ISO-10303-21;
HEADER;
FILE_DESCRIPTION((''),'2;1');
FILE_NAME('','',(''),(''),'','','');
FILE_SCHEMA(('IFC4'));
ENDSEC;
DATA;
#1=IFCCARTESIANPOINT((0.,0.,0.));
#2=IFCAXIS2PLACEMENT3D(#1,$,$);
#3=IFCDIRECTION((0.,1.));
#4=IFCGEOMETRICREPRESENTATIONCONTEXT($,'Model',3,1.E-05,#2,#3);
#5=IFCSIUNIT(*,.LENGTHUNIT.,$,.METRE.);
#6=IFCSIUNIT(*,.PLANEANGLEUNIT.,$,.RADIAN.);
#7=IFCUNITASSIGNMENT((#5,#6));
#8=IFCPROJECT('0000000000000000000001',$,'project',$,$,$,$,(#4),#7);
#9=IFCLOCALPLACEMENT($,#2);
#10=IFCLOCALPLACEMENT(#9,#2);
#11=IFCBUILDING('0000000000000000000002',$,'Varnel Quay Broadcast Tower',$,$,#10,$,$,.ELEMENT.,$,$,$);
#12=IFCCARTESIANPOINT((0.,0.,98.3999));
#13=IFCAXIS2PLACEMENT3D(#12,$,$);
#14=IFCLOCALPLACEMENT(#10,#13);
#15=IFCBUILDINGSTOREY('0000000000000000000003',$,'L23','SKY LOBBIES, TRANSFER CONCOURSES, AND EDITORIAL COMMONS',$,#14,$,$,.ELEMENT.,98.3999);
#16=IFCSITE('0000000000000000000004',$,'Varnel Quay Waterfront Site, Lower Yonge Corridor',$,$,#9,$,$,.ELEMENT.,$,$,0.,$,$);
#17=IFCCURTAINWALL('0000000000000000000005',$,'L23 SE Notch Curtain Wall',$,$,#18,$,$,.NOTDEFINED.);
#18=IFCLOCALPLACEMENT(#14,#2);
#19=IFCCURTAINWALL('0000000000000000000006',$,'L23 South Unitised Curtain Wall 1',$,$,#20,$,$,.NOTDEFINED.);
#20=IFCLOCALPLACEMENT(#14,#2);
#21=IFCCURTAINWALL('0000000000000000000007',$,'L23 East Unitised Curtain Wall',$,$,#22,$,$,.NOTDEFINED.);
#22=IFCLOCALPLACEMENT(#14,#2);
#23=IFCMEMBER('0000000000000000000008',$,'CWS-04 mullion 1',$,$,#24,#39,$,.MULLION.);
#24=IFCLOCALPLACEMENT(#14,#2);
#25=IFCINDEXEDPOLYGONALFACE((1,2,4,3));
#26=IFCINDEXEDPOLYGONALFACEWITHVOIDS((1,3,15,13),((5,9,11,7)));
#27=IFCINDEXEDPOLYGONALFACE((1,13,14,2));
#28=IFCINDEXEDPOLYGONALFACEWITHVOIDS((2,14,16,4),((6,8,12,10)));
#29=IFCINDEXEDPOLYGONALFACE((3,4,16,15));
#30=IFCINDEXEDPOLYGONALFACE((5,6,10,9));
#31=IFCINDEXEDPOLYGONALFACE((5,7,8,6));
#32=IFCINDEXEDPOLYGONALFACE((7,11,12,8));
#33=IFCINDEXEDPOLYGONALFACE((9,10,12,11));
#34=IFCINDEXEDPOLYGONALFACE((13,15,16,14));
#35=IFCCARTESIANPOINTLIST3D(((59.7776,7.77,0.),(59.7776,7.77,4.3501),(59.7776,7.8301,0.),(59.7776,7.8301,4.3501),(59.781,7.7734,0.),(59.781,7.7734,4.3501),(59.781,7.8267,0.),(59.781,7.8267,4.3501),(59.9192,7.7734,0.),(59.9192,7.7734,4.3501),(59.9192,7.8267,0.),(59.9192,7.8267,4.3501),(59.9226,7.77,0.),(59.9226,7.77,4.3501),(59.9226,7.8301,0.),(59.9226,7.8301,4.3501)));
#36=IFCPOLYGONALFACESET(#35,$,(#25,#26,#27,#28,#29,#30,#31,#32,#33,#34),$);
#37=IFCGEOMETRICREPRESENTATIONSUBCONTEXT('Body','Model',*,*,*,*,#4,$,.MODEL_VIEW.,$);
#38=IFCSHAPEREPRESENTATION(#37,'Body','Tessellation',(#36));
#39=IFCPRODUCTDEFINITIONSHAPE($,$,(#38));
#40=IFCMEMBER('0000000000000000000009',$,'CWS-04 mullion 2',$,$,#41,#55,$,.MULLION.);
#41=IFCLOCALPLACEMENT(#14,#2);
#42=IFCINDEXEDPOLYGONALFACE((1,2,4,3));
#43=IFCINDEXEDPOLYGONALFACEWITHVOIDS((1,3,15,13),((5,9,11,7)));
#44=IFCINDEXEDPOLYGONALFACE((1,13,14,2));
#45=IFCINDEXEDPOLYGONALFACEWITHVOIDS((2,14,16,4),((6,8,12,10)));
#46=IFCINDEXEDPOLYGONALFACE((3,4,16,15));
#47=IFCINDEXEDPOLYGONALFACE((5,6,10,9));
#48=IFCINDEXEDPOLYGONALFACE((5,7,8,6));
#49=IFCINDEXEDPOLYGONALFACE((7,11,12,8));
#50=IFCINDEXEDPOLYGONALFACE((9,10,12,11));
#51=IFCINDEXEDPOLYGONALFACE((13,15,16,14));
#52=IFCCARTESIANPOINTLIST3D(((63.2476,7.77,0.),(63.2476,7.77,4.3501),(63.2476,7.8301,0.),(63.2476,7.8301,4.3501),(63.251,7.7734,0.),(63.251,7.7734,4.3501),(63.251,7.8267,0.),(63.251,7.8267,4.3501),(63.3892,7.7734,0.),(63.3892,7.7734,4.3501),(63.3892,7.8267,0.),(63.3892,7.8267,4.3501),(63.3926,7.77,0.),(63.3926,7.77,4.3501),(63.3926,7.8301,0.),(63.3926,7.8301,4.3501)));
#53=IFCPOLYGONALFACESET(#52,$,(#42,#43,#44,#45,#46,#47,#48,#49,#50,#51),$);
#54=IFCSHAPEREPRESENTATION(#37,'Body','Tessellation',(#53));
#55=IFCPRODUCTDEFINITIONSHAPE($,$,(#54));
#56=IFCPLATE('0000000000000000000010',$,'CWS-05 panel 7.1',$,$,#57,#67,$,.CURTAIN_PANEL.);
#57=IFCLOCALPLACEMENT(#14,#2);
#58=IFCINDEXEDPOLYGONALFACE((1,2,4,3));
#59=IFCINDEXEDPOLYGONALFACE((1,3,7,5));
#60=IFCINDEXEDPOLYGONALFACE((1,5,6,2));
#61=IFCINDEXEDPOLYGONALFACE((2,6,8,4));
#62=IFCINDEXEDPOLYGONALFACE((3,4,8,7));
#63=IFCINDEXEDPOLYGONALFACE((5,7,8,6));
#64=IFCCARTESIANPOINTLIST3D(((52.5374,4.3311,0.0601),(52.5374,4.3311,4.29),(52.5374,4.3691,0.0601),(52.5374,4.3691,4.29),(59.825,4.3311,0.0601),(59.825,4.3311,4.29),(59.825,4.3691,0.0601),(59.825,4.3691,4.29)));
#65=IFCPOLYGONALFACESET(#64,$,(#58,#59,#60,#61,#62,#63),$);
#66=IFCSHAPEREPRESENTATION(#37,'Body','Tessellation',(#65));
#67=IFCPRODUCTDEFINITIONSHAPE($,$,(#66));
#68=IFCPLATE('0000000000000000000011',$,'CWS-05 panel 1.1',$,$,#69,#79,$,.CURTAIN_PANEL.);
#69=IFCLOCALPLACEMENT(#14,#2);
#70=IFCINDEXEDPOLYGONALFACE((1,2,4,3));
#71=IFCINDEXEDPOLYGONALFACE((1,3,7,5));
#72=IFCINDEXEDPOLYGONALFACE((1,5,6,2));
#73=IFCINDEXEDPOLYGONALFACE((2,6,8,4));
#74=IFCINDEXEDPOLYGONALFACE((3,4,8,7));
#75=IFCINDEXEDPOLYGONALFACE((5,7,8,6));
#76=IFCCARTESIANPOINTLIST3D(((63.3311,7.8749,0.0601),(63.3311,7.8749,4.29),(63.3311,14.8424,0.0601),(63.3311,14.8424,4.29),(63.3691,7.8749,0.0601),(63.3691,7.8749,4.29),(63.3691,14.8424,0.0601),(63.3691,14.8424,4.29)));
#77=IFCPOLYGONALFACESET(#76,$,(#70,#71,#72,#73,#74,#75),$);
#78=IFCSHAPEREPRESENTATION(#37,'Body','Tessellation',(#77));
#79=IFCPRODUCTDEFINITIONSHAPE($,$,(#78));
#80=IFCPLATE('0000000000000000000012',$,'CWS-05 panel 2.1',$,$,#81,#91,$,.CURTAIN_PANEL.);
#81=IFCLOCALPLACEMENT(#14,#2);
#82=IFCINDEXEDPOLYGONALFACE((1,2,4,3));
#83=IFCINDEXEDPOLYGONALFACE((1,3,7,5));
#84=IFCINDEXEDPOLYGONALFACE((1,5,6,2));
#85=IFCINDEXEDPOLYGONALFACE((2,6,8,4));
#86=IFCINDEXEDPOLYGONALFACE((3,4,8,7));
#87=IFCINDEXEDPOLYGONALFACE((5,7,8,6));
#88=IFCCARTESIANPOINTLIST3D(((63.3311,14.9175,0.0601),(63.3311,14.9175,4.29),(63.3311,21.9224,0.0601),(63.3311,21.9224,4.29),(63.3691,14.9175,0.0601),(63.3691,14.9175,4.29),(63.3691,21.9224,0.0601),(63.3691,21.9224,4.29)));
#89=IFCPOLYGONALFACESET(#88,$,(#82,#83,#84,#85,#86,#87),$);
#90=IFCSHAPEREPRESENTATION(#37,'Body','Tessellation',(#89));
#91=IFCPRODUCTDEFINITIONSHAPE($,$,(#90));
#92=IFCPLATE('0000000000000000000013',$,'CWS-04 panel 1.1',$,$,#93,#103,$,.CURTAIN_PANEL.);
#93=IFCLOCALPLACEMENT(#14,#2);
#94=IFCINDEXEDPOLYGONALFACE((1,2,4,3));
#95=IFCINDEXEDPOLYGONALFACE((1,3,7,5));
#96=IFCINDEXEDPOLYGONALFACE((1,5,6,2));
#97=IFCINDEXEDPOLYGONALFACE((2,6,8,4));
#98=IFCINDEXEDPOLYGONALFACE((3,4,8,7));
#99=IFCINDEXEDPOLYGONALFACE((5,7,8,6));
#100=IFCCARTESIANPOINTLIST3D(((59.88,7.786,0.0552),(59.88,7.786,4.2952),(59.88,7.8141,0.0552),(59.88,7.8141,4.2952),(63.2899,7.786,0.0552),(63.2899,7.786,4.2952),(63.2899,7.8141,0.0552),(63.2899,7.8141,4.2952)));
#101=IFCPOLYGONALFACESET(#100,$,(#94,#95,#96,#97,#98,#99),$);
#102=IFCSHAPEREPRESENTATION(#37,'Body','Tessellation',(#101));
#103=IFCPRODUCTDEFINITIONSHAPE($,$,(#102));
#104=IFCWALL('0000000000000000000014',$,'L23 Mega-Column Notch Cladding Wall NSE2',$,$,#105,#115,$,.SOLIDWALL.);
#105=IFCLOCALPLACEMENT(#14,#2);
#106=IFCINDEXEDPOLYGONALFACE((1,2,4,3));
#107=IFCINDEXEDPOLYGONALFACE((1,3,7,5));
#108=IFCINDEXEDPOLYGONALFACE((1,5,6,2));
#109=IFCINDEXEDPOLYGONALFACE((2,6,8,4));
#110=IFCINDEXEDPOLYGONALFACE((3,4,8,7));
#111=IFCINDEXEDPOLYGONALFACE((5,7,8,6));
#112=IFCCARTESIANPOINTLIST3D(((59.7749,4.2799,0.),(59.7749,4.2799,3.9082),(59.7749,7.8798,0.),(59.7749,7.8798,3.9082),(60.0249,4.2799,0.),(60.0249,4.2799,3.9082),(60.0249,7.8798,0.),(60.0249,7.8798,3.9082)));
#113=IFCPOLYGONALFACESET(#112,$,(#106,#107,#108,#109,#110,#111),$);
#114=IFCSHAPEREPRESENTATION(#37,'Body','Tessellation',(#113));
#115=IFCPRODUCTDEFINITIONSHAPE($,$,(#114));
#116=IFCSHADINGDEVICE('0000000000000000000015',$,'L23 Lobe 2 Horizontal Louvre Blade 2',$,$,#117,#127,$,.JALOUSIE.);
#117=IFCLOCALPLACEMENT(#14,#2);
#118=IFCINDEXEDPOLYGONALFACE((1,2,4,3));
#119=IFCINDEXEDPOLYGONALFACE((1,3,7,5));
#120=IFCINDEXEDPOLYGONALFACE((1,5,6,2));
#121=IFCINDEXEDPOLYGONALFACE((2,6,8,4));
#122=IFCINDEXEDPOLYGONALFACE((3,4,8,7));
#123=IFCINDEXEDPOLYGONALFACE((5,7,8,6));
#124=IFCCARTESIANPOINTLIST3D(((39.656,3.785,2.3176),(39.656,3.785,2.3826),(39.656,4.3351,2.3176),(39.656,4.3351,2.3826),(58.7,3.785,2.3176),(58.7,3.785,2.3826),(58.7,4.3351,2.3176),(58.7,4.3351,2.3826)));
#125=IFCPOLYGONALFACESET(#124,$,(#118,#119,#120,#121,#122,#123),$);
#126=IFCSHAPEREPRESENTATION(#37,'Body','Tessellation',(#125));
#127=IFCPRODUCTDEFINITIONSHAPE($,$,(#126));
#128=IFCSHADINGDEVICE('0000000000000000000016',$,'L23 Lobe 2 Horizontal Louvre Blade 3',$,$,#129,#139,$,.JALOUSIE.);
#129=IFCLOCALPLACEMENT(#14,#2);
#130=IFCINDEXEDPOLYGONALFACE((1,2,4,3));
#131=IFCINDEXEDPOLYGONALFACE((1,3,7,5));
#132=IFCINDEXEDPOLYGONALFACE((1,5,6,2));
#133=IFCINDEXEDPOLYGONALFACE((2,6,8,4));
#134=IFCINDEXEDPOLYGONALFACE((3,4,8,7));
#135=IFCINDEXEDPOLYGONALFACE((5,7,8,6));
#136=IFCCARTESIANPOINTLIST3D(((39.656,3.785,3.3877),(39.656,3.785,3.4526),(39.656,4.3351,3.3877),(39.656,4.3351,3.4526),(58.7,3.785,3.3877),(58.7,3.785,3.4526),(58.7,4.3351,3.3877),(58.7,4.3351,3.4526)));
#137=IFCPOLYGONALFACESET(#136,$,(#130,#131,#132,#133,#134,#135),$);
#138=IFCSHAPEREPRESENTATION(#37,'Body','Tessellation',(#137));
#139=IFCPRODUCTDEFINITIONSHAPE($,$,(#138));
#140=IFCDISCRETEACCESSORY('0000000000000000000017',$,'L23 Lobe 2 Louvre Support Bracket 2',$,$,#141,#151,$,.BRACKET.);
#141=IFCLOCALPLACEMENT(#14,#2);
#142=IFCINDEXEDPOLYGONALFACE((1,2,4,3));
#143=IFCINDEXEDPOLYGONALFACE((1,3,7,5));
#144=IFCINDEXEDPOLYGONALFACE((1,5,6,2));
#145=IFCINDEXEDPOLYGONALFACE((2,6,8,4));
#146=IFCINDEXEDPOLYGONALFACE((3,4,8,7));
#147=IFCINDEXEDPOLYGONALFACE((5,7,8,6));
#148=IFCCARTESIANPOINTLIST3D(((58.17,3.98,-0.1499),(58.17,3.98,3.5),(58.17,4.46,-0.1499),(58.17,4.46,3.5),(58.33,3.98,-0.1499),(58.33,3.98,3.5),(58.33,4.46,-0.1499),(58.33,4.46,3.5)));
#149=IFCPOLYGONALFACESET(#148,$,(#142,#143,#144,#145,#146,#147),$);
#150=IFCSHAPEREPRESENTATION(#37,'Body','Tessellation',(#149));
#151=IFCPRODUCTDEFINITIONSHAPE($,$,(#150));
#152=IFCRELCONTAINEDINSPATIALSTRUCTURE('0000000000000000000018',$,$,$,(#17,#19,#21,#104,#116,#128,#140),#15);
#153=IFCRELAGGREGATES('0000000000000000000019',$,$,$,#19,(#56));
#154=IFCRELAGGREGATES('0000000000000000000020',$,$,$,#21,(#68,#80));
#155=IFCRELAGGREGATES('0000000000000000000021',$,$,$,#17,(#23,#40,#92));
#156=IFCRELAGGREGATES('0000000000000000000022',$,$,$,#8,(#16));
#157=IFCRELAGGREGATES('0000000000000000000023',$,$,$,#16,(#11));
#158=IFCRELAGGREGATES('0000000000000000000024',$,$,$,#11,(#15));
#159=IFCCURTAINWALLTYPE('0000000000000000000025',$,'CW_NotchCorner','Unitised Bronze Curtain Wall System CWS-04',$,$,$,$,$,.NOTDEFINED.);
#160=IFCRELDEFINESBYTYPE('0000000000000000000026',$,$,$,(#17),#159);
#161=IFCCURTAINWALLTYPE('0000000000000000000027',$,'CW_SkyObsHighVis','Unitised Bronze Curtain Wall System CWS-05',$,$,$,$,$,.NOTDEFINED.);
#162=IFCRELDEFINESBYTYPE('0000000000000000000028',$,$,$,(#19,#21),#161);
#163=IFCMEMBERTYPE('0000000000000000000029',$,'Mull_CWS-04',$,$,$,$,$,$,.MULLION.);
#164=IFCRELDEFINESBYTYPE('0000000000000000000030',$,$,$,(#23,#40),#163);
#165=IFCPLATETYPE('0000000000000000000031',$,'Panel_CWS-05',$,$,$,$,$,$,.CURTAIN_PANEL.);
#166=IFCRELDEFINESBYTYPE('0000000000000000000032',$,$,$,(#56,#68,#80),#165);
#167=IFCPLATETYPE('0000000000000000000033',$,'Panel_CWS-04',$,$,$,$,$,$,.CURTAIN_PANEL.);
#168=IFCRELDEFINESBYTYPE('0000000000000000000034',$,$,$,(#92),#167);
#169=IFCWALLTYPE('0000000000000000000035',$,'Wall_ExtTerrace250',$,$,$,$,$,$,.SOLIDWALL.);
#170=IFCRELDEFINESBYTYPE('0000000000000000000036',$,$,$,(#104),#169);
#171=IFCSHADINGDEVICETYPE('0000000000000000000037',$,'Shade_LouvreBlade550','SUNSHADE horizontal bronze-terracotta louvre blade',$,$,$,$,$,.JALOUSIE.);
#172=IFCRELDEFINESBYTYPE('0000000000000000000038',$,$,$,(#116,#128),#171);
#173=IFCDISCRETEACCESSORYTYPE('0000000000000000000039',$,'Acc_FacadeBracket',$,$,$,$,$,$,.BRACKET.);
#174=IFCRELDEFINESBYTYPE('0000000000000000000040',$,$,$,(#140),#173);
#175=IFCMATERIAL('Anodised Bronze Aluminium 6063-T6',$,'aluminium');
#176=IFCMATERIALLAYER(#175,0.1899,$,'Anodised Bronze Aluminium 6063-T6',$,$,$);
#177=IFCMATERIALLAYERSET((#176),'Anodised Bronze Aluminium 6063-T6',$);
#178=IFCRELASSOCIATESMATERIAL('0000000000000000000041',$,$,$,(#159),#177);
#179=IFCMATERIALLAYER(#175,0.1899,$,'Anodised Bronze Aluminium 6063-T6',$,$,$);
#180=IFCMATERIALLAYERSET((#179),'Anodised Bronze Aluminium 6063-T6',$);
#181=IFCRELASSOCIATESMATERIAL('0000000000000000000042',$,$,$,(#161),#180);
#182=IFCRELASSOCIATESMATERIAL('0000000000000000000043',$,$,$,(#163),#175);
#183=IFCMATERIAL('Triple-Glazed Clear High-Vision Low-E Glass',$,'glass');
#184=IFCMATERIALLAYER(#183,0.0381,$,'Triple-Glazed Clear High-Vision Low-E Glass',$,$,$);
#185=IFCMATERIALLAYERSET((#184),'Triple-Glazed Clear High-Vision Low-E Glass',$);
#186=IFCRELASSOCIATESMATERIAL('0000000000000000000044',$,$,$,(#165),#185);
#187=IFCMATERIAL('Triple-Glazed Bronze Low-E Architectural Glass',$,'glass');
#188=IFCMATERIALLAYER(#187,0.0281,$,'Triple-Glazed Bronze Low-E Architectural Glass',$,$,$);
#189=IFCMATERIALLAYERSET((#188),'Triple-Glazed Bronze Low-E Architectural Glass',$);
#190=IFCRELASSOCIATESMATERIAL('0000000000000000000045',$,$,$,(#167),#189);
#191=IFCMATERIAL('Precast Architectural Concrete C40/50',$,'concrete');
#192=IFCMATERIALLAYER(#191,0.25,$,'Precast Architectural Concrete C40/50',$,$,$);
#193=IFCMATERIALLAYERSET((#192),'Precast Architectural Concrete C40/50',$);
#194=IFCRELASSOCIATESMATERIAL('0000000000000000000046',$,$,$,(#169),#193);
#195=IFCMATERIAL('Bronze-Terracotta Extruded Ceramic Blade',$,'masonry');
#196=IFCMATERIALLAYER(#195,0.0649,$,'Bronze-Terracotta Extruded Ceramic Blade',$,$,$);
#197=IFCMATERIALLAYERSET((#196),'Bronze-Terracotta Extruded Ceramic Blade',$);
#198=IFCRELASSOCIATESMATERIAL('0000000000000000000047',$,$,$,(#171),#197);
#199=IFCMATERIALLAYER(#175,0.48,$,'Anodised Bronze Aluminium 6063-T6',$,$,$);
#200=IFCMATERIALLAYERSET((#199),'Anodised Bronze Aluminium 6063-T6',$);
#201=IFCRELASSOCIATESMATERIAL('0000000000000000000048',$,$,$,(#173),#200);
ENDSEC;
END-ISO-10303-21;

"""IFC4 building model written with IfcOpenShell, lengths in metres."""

from ifc_helpers import new_model, si_unit, direction, frame, frame_2d, origin, origin_2d, place, context, subcontext, project, spatial, rectangle, hollow_rectangle, extrude, source, transform, mapped, material, layer, layer_set, material_profile, profile_set, type_object, type_shapes, element, aggregate, save


model = new_model("IFC4")

# Units and contexts
model_context = context("Model", 3, precision=1e-05, world=origin(), true_north=direction((0.0, 1.0)))
body_context = subcontext(model_context, "Body", "Model", "MODEL_VIEW")
ifc_project = project(units=[si_unit("LENGTHUNIT", "METRE"), si_unit("PLANEANGLEUNIT", "RADIAN")], contexts=[model_context])

# Site, building, storey
site_placement = place(None, origin())
site = spatial("IfcSite", under=ifc_project, at=site_placement, Name="Varnel Quay Waterfront Site, Lower Yonge Corridor", CompositionType="ELEMENT", RefElevation=0.0)
building_placement = place(site_placement, origin())
building = spatial("IfcBuilding", under=site, at=building_placement, Name="Varnel Quay Broadcast Tower", CompositionType="ELEMENT")
storey_placement = place(building_placement, frame((0.0, 0.0, 98.3999)))
storey = spatial("IfcBuildingStorey", under=building, at=storey_placement, Name="L23", Description="SKY LOBBIES, TRANSFER CONCOURSES, AND EDITORIAL COMMONS", CompositionType="ELEMENT", Elevation=98.3999)

# Curtain walls
ifc_material_1 = material(Name="Anodised Bronze Aluminium 6063-T6", Category="aluminium")
ifc_layer_1 = layer(ifc_material_1, 0.1899, Name="Anodised Bronze Aluminium 6063-T6")
ifc_layer_set_1 = layer_set([ifc_layer_1], Name="Anodised Bronze Aluminium 6063-T6")
curtain_wall_type_1 = type_object("IfcCurtainWallType", Name="CW_NotchCorner", Description="Unitised Bronze Curtain Wall System CWS-04", PredefinedType="NOTDEFINED", material=ifc_layer_set_1)
curtain_wall_1_placement = place(storey_placement, origin())
curtain_wall_1 = element("IfcCurtainWall", 1, at=curtain_wall_1_placement, inside=storey, type_object=curtain_wall_type_1, Name="L23 SE Notch Curtain Wall", PredefinedType="NOTDEFINED")
ifc_layer_2 = layer(ifc_material_1, 0.1899, Name="Anodised Bronze Aluminium 6063-T6")
ifc_layer_set_2 = layer_set([ifc_layer_2], Name="Anodised Bronze Aluminium 6063-T6")
curtain_wall_type_2 = type_object("IfcCurtainWallType", Name="CW_SkyObsHighVis", Description="Unitised Bronze Curtain Wall System CWS-05", PredefinedType="NOTDEFINED", material=ifc_layer_set_2)
curtain_wall_2_placement = place(storey_placement, origin())
curtain_wall_2 = element("IfcCurtainWall", 2, at=curtain_wall_2_placement, inside=storey, type_object=curtain_wall_type_2, Name="L23 South Unitised Curtain Wall 1", PredefinedType="NOTDEFINED")
curtain_wall_3_placement = place(storey_placement, origin())
curtain_wall_3 = element("IfcCurtainWall", 3, at=curtain_wall_3_placement, inside=storey, type_object=curtain_wall_type_2, Name="L23 East Unitised Curtain Wall", PredefinedType="NOTDEFINED")

# Members
ifc_material_profile_1 = material_profile(ifc_material_1, hollow_rectangle(XDim=0.0601, YDim=0.145, WallThickness=0.0034, at=origin_2d()), Name="ALU60X145X3.5")
ifc_profile_set_1 = profile_set([ifc_material_profile_1], Name="Anodised Bronze Aluminium 6063-T6")
member_type_1 = type_object("IfcMemberType", Name="Mull_CWS-04", PredefinedType="MULLION", material=ifc_profile_set_1)
shared_shape_1 = source(origin(), body_context, "Body", "SweptSolid", [
    extrude(hollow_rectangle(XDim=0.0601, YDim=0.145, WallThickness=0.0034, at=origin_2d()), origin(), (0.0, 0.0, 1.0), 4.3501),
])
type_shapes(member_type_1, [shared_shape_1])
member_1_placement = place(storey_placement, frame((59.8501, 7.8, 0.0), z_axis=(0.0, 0.0, 1.0), x_axis=(0.0, 1.0, 0.0)))
member_1 = element("IfcMember", 4, at=member_1_placement, type_object=member_type_1, Name="CWS-04 mullion 1", PredefinedType="MULLION", context=body_context, shape_type="MappedRepresentation", body=[
    mapped(shared_shape_1, transform((0.0, 0.0, 0.0), x_axis=(1.0, 0.0, 0.0), y_axis=(0.0, 1.0, 0.0), z_axis=(0.0, 0.0, 1.0), scale=1.0)),
])
member_2_placement = place(storey_placement, frame((63.3201, 7.8, 0.0), z_axis=(0.0, 0.0, 1.0), x_axis=(0.0, 1.0, 0.0)))
member_2 = element("IfcMember", 5, at=member_2_placement, type_object=member_type_1, Name="CWS-04 mullion 2", PredefinedType="MULLION", context=body_context, shape_type="MappedRepresentation", body=[
    mapped(shared_shape_1, transform((0.0, 0.0, 0.0), x_axis=(1.0, 0.0, 0.0), y_axis=(0.0, 1.0, 0.0), z_axis=(0.0, 0.0, 1.0), scale=1.0)),
])

# Plates
ifc_material_2 = material(Name="Triple-Glazed Clear High-Vision Low-E Glass", Category="glass")
ifc_layer_3 = layer(ifc_material_2, 0.0381, Name="Triple-Glazed Clear High-Vision Low-E Glass")
ifc_layer_set_3 = layer_set([ifc_layer_3], Name="Triple-Glazed Clear High-Vision Low-E Glass")
plate_type_1 = type_object("IfcPlateType", Name="Panel_CWS-05", PredefinedType="CURTAIN_PANEL", material=ifc_layer_set_3)
shared_shape_2 = source(origin(), body_context, "Body", "SweptSolid", [
    extrude(rectangle(XDim=7.2876, YDim=0.0381, at=origin_2d()), origin(), (0.0, 0.0, 1.0), 4.23),
])
plate_1_placement = place(storey_placement, frame((56.1812, 4.3501, 0.0601), z_axis=(0.0, 0.0, 1.0), x_axis=(1.0, 0.0, 0.0)))
plate_1 = element("IfcPlate", 6, at=plate_1_placement, type_object=plate_type_1, Name="CWS-05 panel 7.1", PredefinedType="CURTAIN_PANEL", context=body_context, shape_type="MappedRepresentation", body=[
    mapped(shared_shape_2, transform((0.0, 0.0, 0.0), x_axis=(1.0, 0.0, 0.0), y_axis=(0.0, 1.0, 0.0), z_axis=(0.0, 0.0, 1.0), scale=1.0)),
])
aggregate(curtain_wall_2, [plate_1])
shared_shape_3 = source(origin(), body_context, "Body", "SweptSolid", [
    extrude(rectangle(XDim=6.9675, YDim=0.0381, at=origin_2d()), origin(), (0.0, 0.0, 1.0), 4.23),
])
plate_2_placement = place(storey_placement, frame((63.3501, 11.3586, 0.0601), z_axis=(0.0, 0.0, 1.0), x_axis=(0.0, 1.0, 0.0)))
plate_2 = element("IfcPlate", 7, at=plate_2_placement, type_object=plate_type_1, Name="CWS-05 panel 1.1", PredefinedType="CURTAIN_PANEL", context=body_context, shape_type="MappedRepresentation", body=[
    mapped(shared_shape_3, transform((0.0, 0.0, 0.0), x_axis=(1.0, 0.0, 0.0), y_axis=(0.0, 1.0, 0.0), z_axis=(0.0, 0.0, 1.0), scale=1.0)),
])
shared_shape_4 = source(origin(), body_context, "Body", "SweptSolid", [
    extrude(rectangle(XDim=7.0049, YDim=0.0381, at=origin_2d()), origin(), (0.0, 0.0, 1.0), 4.23),
])
type_shapes(plate_type_1, [shared_shape_2, shared_shape_3, shared_shape_4])
plate_3_placement = place(storey_placement, frame((63.3501, 18.4199, 0.0601), z_axis=(0.0, 0.0, 1.0), x_axis=(0.0, 1.0, 0.0)))
plate_3 = element("IfcPlate", 8, at=plate_3_placement, type_object=plate_type_1, Name="CWS-05 panel 2.1", PredefinedType="CURTAIN_PANEL", context=body_context, shape_type="MappedRepresentation", body=[
    mapped(shared_shape_4, transform((0.0, 0.0, 0.0), x_axis=(1.0, 0.0, 0.0), y_axis=(0.0, 1.0, 0.0), z_axis=(0.0, 0.0, 1.0), scale=1.0)),
])
aggregate(curtain_wall_3, [plate_2, plate_3])
ifc_material_3 = material(Name="Triple-Glazed Bronze Low-E Architectural Glass", Category="glass")
ifc_layer_4 = layer(ifc_material_3, 0.0281, Name="Triple-Glazed Bronze Low-E Architectural Glass")
ifc_layer_set_4 = layer_set([ifc_layer_4], Name="Triple-Glazed Bronze Low-E Architectural Glass")
plate_type_2 = type_object("IfcPlateType", Name="Panel_CWS-04", PredefinedType="CURTAIN_PANEL", material=ifc_layer_set_4)
shared_shape_5 = source(origin(), body_context, "Body", "SweptSolid", [
    extrude(rectangle(XDim=3.4099, YDim=0.0281, at=origin_2d()), origin(), (0.0, 0.0, 1.0), 4.24),
])
type_shapes(plate_type_2, [shared_shape_5])
plate_4_placement = place(storey_placement, frame((61.585, 7.8, 0.0552), z_axis=(0.0, 0.0, 1.0), x_axis=(1.0, 0.0, 0.0)))
plate_4 = element("IfcPlate", 9, at=plate_4_placement, type_object=plate_type_2, Name="CWS-04 panel 1.1", PredefinedType="CURTAIN_PANEL", context=body_context, shape_type="MappedRepresentation", body=[
    mapped(shared_shape_5, transform((0.0, 0.0, 0.0), x_axis=(1.0, 0.0, 0.0), y_axis=(0.0, 1.0, 0.0), z_axis=(0.0, 0.0, 1.0), scale=1.0)),
])
aggregate(curtain_wall_1, [member_1, member_2, plate_4])

# Wall
ifc_material_4 = material(Name="Precast Architectural Concrete C40/50", Category="concrete")
ifc_layer_5 = layer(ifc_material_4, 0.25, Name="Precast Architectural Concrete C40/50")
ifc_layer_set_5 = layer_set([ifc_layer_5], Name="Precast Architectural Concrete C40/50")
wall_type = type_object("IfcWallType", Name="Wall_ExtTerrace250", PredefinedType="SOLIDWALL", material=ifc_layer_set_5)
wall_placement = place(storey_placement, frame((59.8999, 4.28, 0.0), z_axis=(0.0, 0.0, 1.0), x_axis=(0.0, 1.0, 0.0)))
element("IfcWall", 10, at=wall_placement, inside=storey, type_object=wall_type, Name="L23 Mega-Column Notch Cladding Wall NSE2", PredefinedType="SOLIDWALL", context=body_context, shape_type="SweptSolid", body=[
    extrude(rectangle(XDim=3.5999, YDim=0.25, at=frame_2d((1.7998, 0.0))), origin(), (0.0, 0.0, 1.0), 3.9082),
])

# Shading devices
ifc_material_5 = material(Name="Bronze-Terracotta Extruded Ceramic Blade", Category="masonry")
ifc_layer_6 = layer(ifc_material_5, 0.0649, Name="Bronze-Terracotta Extruded Ceramic Blade")
ifc_layer_set_6 = layer_set([ifc_layer_6], Name="Bronze-Terracotta Extruded Ceramic Blade")
shading_device_type = type_object("IfcShadingDeviceType", Name="Shade_LouvreBlade550", Description="SUNSHADE horizontal bronze-terracotta louvre blade", PredefinedType="JALOUSIE", material=ifc_layer_set_6)
shared_shape_6 = source(origin(), body_context, "Body", "SweptSolid", [
    extrude(rectangle(XDim=19.0439, YDim=0.55, at=origin_2d()), origin(), (0.0, 0.0, 1.0), 0.0649),
])
type_shapes(shading_device_type, [shared_shape_6])
for number, where, z_axis, x_axis, name in (
    (11, (49.178, 4.0601, 2.3176), (0.0, 0.0, 1.0), (1.0, 0.0, 0.0), "L23 Lobe 2 Horizontal Louvre Blade 2"),
    (12, (49.178, 4.0601, 3.3877), (0.0, 0.0, 1.0), (1.0, 0.0, 0.0), "L23 Lobe 2 Horizontal Louvre Blade 3"),
):
    element("IfcShadingDevice", number, at=place(storey_placement, frame(where, z_axis=z_axis, x_axis=x_axis)), inside=storey, type_object=shading_device_type, Name=name, PredefinedType="JALOUSIE", context=body_context, shape_type="MappedRepresentation", body=[
        mapped(shared_shape_6, transform((0.0, 0.0, 0.0), x_axis=(1.0, 0.0, 0.0), y_axis=(0.0, 1.0, 0.0), z_axis=(0.0, 0.0, 1.0), scale=1.0)),
    ])

# Discrete accessory
ifc_layer_7 = layer(ifc_material_1, 0.48, Name="Anodised Bronze Aluminium 6063-T6")
ifc_layer_set_7 = layer_set([ifc_layer_7], Name="Anodised Bronze Aluminium 6063-T6")
discrete_accessory_type = type_object("IfcDiscreteAccessoryType", Name="Acc_FacadeBracket", PredefinedType="BRACKET", material=ifc_layer_set_7)
shared_shape_7 = source(origin(), body_context, "Body", "SweptSolid", [
    extrude(rectangle(XDim=0.1599, YDim=0.48, at=origin_2d()), origin(), (0.0, 0.0, 1.0), 3.6499),
])
type_shapes(discrete_accessory_type, [shared_shape_7])
discrete_accessory_placement = place(storey_placement, frame((58.25, 4.22, -0.1499), z_axis=(0.0, 0.0, 1.0), x_axis=(1.0, 0.0, 0.0)))
element("IfcDiscreteAccessory", 13, at=discrete_accessory_placement, inside=storey, type_object=discrete_accessory_type, Name="L23 Lobe 2 Louvre Support Bracket 2", PredefinedType="BRACKET", context=body_context, shape_type="MappedRepresentation", body=[
    mapped(shared_shape_7, transform((0.0, 0.0, 0.0), x_axis=(1.0, 0.0, 0.0), y_axis=(0.0, 1.0, 0.0), z_axis=(0.0, 0.0, 1.0), scale=1.0)),
])

save(model, "model.ifc")
